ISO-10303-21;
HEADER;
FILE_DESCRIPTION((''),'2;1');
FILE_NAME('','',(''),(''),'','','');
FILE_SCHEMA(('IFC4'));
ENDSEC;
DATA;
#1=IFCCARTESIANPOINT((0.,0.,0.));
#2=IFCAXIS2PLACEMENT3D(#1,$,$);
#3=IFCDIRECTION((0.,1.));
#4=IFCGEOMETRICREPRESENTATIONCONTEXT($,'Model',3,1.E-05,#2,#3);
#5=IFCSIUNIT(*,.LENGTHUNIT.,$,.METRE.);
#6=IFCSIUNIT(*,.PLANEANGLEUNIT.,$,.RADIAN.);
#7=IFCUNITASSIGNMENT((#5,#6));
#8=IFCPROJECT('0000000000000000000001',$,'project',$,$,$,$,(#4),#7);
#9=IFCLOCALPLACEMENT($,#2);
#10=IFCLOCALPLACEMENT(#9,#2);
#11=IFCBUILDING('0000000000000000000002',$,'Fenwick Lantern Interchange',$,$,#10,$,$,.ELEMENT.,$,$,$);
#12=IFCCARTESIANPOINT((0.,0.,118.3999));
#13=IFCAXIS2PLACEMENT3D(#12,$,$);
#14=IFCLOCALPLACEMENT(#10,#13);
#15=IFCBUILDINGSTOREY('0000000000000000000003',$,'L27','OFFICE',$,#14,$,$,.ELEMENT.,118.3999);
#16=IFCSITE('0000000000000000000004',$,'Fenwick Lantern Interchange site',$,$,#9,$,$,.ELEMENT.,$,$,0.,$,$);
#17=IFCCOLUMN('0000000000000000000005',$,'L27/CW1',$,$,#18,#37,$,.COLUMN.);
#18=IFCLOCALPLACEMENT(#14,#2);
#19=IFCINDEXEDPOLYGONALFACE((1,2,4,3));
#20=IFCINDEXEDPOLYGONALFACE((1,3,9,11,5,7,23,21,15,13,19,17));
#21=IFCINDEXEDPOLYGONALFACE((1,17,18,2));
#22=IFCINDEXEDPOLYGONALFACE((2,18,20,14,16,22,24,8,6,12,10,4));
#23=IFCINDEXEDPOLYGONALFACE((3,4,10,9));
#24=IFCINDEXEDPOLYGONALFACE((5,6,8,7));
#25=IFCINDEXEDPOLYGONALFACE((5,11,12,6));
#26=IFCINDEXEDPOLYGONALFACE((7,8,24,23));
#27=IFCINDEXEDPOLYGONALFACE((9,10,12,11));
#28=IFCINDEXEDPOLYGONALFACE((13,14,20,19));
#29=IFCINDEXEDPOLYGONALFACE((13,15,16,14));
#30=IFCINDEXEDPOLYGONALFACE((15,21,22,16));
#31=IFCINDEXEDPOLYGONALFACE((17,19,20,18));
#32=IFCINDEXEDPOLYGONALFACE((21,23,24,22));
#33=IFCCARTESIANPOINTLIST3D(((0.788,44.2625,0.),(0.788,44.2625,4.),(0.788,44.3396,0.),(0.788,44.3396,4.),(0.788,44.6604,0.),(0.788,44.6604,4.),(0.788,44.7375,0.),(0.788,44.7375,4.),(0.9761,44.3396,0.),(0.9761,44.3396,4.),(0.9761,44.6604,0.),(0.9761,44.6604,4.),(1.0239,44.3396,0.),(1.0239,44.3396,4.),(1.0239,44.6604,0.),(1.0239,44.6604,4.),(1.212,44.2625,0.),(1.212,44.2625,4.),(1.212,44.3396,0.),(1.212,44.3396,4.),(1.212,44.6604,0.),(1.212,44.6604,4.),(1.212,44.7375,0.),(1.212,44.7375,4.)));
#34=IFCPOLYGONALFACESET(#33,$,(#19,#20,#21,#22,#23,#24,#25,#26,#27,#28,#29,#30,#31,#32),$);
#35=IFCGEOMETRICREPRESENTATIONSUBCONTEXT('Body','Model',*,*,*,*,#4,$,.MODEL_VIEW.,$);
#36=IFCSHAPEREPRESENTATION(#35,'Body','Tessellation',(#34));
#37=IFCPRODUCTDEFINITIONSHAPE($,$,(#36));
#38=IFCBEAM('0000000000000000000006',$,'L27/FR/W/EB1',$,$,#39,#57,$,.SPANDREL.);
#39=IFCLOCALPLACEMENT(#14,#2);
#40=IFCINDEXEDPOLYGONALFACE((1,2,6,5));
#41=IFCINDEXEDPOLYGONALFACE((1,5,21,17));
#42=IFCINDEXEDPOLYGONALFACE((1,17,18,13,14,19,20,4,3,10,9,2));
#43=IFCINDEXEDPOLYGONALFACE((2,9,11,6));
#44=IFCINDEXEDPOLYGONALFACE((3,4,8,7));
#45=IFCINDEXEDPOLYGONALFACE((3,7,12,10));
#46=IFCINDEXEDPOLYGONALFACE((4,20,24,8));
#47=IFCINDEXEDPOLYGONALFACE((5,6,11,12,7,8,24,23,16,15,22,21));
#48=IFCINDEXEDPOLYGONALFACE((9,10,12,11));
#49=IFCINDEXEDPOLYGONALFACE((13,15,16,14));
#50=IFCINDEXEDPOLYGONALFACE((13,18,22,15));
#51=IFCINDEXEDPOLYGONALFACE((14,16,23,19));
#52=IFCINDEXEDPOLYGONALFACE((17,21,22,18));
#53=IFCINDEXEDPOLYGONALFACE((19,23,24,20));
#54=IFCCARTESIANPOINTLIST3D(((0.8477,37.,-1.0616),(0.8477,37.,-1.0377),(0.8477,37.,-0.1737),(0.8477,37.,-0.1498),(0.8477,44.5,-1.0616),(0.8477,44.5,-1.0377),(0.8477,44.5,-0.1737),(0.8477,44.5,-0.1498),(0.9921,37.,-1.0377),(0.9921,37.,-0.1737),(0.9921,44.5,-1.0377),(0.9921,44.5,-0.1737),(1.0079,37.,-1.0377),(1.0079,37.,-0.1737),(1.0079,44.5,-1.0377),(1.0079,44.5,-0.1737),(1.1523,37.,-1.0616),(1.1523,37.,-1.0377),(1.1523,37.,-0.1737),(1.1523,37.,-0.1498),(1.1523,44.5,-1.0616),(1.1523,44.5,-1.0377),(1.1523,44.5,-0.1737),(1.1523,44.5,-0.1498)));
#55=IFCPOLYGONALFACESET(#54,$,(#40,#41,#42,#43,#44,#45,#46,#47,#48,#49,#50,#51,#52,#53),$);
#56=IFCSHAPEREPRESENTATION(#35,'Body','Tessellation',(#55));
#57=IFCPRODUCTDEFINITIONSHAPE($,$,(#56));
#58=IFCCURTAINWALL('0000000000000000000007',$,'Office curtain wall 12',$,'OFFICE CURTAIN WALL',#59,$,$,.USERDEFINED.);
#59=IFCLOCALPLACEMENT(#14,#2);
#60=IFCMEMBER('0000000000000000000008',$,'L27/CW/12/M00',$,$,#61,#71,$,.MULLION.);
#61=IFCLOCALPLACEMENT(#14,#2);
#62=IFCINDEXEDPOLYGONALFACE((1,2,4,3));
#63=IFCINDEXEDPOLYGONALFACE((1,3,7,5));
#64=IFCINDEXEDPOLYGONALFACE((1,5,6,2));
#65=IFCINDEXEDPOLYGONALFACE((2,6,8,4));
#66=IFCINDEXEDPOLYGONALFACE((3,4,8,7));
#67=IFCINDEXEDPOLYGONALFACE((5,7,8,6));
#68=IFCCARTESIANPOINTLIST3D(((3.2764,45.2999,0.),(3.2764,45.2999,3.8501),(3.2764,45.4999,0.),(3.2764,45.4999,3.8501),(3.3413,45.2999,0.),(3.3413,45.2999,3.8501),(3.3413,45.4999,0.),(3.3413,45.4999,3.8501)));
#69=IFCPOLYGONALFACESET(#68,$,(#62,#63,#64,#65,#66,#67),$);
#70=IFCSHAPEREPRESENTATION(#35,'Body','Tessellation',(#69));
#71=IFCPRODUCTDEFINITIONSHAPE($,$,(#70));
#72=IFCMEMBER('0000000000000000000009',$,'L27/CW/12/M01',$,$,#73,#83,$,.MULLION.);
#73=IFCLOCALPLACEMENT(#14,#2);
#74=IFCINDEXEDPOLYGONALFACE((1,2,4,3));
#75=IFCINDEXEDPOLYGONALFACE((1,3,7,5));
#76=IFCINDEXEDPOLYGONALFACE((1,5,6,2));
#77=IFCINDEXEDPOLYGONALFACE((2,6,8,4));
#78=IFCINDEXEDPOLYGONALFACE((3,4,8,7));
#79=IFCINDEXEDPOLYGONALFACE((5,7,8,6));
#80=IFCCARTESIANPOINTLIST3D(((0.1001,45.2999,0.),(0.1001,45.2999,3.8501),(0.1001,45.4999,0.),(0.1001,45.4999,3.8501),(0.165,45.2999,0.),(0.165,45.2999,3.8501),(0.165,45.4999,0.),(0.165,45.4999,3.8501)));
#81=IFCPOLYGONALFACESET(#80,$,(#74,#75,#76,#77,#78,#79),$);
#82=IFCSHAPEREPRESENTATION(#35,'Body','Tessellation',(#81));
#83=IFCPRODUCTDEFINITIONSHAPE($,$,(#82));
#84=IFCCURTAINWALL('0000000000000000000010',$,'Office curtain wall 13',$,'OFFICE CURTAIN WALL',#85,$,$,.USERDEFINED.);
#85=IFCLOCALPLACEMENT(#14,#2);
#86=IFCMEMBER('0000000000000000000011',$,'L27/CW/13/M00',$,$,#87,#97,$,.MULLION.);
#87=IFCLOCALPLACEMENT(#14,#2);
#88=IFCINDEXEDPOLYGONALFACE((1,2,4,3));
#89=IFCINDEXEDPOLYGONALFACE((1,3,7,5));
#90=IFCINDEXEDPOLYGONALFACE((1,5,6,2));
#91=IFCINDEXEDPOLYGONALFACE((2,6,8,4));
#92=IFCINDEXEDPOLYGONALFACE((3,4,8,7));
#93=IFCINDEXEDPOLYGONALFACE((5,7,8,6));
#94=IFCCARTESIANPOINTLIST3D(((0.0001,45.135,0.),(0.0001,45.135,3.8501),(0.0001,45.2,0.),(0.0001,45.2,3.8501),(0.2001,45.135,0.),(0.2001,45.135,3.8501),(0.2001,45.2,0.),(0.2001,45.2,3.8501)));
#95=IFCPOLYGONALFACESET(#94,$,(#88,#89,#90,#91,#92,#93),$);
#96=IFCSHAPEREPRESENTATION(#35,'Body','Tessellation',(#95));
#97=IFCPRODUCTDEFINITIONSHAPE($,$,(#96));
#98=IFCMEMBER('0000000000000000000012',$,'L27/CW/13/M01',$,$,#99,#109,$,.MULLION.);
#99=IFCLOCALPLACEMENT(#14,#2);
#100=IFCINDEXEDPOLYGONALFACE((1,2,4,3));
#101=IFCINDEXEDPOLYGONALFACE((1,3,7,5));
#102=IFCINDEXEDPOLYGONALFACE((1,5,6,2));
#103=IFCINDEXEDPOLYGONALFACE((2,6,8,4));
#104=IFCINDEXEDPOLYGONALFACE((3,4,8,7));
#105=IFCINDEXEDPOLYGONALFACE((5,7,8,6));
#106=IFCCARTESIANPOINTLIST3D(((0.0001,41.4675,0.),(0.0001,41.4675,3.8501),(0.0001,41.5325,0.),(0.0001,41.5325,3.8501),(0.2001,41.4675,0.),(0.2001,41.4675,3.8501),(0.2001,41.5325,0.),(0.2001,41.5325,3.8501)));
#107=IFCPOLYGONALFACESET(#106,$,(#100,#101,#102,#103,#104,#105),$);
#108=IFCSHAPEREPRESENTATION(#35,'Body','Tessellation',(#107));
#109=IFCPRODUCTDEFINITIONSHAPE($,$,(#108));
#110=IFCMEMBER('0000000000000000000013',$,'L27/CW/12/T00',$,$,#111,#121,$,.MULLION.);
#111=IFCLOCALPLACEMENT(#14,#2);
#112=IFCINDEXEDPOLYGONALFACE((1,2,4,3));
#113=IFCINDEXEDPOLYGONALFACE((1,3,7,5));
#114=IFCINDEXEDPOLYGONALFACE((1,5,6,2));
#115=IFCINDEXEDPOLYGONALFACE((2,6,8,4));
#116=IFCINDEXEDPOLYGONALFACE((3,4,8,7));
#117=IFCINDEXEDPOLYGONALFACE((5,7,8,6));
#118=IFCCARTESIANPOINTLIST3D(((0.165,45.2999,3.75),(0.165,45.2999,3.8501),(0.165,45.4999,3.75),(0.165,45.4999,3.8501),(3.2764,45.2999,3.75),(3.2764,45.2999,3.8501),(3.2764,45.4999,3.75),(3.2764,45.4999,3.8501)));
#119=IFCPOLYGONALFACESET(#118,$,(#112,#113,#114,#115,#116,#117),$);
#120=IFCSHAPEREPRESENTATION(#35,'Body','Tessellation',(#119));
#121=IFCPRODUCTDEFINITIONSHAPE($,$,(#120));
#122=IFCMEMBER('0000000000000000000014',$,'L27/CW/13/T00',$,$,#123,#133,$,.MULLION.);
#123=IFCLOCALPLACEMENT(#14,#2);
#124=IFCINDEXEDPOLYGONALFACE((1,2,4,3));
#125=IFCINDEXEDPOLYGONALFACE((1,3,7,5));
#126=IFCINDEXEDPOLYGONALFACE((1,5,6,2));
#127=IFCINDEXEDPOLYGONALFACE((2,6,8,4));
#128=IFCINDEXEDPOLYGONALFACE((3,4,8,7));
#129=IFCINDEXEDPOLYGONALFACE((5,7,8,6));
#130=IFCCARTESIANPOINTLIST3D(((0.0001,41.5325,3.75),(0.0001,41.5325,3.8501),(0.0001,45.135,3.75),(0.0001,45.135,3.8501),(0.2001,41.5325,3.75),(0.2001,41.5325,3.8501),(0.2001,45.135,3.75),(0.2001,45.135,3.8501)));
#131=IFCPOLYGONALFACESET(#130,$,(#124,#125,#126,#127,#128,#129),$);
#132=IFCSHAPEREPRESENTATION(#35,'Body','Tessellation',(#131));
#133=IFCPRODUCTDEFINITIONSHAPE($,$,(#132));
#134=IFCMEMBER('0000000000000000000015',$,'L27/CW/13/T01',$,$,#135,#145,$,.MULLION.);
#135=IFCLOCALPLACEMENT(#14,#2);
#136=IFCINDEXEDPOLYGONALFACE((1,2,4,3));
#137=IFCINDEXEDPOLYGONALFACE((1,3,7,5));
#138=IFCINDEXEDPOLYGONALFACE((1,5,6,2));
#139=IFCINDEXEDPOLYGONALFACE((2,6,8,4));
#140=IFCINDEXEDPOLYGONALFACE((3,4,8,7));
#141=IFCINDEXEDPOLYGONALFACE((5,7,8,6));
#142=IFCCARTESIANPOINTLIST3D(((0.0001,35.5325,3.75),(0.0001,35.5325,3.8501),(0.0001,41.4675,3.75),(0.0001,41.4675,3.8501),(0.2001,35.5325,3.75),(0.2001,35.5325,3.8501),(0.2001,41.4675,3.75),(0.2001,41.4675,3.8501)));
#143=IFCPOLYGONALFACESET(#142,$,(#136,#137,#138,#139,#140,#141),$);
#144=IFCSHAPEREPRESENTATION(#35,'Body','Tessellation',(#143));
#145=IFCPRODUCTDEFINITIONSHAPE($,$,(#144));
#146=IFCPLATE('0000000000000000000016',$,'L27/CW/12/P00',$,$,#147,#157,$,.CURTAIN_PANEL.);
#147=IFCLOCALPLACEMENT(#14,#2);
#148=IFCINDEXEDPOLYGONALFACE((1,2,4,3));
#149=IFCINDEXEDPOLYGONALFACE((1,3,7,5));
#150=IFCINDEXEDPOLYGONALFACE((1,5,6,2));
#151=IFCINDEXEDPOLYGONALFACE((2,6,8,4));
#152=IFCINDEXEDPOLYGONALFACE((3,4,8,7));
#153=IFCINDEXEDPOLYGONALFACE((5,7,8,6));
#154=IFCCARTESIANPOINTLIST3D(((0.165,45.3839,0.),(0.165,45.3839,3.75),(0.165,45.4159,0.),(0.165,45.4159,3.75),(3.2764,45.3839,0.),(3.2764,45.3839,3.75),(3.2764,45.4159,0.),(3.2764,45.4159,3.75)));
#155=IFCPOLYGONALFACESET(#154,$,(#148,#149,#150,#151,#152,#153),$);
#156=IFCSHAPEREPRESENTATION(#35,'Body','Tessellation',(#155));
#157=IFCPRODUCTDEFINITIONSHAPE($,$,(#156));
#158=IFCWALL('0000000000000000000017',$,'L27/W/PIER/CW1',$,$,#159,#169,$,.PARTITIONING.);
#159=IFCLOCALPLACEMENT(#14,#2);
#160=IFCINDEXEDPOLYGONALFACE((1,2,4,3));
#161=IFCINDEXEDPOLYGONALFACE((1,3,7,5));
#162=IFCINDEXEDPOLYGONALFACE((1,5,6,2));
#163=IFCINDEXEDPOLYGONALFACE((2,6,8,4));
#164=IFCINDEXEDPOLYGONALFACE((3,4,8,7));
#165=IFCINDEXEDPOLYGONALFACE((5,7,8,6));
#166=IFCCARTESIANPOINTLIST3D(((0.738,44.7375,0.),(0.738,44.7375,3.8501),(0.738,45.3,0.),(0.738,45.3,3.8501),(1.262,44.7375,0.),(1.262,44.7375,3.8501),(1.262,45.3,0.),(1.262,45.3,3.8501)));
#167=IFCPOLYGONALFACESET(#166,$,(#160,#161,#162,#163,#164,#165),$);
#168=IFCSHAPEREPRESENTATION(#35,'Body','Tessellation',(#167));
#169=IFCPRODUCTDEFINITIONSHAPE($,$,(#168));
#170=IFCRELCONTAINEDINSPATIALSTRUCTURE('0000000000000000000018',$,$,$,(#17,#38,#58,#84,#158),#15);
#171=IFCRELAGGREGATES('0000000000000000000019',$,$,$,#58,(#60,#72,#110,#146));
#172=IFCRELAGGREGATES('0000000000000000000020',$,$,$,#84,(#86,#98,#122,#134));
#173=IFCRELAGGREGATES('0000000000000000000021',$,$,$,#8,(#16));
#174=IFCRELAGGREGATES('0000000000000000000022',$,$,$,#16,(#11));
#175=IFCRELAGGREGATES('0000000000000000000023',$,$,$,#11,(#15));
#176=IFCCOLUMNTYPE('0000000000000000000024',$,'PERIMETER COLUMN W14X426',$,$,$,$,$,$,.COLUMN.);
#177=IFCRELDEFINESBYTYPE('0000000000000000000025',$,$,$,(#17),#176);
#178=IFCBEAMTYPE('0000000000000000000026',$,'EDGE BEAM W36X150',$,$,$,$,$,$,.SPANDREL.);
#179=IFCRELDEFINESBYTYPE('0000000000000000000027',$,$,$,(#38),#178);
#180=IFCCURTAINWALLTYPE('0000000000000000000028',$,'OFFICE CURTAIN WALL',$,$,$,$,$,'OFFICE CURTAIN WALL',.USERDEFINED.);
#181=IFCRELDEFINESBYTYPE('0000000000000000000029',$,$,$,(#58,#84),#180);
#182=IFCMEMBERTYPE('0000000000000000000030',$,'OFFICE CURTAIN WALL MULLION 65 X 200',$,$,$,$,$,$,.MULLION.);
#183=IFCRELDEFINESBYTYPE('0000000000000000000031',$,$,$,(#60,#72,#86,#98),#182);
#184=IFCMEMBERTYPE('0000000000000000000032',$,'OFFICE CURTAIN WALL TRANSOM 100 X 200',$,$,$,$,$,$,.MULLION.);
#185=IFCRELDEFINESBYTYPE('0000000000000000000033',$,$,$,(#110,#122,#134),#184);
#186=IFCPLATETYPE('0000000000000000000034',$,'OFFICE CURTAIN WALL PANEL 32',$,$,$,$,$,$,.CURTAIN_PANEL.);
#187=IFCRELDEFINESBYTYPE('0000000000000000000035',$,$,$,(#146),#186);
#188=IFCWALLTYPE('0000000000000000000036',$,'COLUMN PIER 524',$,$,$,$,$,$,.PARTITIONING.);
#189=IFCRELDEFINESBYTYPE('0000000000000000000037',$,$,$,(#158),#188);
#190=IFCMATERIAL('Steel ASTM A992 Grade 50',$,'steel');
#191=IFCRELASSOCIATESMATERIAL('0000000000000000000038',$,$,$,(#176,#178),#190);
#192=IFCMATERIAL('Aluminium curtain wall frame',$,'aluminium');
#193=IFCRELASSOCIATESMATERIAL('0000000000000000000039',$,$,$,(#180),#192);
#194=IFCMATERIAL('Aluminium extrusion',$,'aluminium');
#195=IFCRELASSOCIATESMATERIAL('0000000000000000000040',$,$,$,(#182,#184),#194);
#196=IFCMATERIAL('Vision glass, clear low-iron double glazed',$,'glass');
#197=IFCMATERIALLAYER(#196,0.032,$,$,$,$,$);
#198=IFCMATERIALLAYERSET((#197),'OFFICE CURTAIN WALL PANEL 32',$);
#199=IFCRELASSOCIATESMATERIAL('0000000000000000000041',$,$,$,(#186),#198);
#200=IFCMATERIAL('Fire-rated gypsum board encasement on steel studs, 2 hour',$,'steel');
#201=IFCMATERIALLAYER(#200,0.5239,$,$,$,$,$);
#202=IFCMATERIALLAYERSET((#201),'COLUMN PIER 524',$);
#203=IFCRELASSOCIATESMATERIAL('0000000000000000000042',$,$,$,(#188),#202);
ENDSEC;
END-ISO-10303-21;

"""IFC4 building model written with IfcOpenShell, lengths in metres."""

from ifc_helpers import new_model, si_unit, direction, frame, frame_2d, origin, origin_2d, place, context, subcontext, project, spatial, rectangle, i_section, extrude, material, layer, layer_set, material_profile, profile_set, type_object, element, aggregate, save


model = new_model("IFC4")

# Units and contexts
model_context = context("Model", 3, precision=1e-05, world=origin(), true_north=direction((0.0, 1.0)))
body_context = subcontext(model_context, "Body", "Model", "MODEL_VIEW")
ifc_project = project(units=[si_unit("LENGTHUNIT", "METRE"), si_unit("PLANEANGLEUNIT", "RADIAN")], contexts=[model_context])

# Site, building, storey
site_placement = place(None, origin())
site = spatial("IfcSite", under=ifc_project, at=site_placement, Name="Fenwick Lantern Interchange site", CompositionType="ELEMENT", RefElevation=0.0)
building_placement = place(site_placement, origin())
building = spatial("IfcBuilding", under=site, at=building_placement, Name="Fenwick Lantern Interchange", CompositionType="ELEMENT")
storey_placement = place(building_placement, frame((0.0, 0.0, 118.3999)))
storey = spatial("IfcBuildingStorey", under=building, at=storey_placement, Name="L27", Description="OFFICE", CompositionType="ELEMENT", Elevation=118.3999)

# Column
ifc_material_1 = material(Name="Steel ASTM A992 Grade 50", Category="steel")
ifc_material_profile_1 = material_profile(ifc_material_1, i_section(OverallWidth=0.4241, OverallDepth=0.4751, WebThickness=0.0479, FlangeThickness=0.0771, at=origin_2d()), Name="W14X426")
ifc_profile_set_1 = profile_set([ifc_material_profile_1], Name="Steel ASTM A992 Grade 50")
column_type = type_object("IfcColumnType", Name="PERIMETER COLUMN W14X426", PredefinedType="COLUMN", material=ifc_profile_set_1)
column_placement = place(storey_placement, frame((1.0, 44.5, 0.0), z_axis=(0.0, 0.0, 1.0), x_axis=(1.0, 0.0, 0.0)))
element("IfcColumn", 1, at=column_placement, inside=storey, type_object=column_type, Name="L27/CW1", PredefinedType="COLUMN", context=body_context, shape_type="SweptSolid", body=[
    extrude(i_section(OverallWidth=0.4241, OverallDepth=0.4751, WebThickness=0.0479, FlangeThickness=0.0771, at=origin_2d()), origin(), (0.0, 0.0, 1.0), 4.0),
])

# Beam
ifc_material_profile_2 = material_profile(ifc_material_1, i_section(OverallWidth=0.3047, OverallDepth=0.9119, WebThickness=0.0159, FlangeThickness=0.0239, at=origin_2d()), Name="W36X150")
ifc_profile_set_2 = profile_set([ifc_material_profile_2], Name="Steel ASTM A992 Grade 50")
beam_type = type_object("IfcBeamType", Name="EDGE BEAM W36X150", PredefinedType="SPANDREL", material=ifc_profile_set_2)
beam_placement = place(storey_placement, frame((1.0, 44.5, -0.6057), z_axis=(0.0, -1.0, 0.0), x_axis=(1.0, 0.0, 0.0)))
element("IfcBeam", 2, at=beam_placement, inside=storey, type_object=beam_type, Name="L27/FR/W/EB1", PredefinedType="SPANDREL", context=body_context, shape_type="SweptSolid", body=[
    extrude(i_section(OverallWidth=0.3047, OverallDepth=0.9119, WebThickness=0.0159, FlangeThickness=0.0239, at=origin_2d()), origin(), (0.0, 0.0, 1.0), 7.5),
])

# Curtain walls, members
ifc_material_2 = material(Name="Aluminium curtain wall frame", Category="aluminium")
curtain_wall_type = type_object("IfcCurtainWallType", Name="OFFICE CURTAIN WALL", ElementType="OFFICE CURTAIN WALL", PredefinedType="USERDEFINED", material=ifc_material_2)
curtain_wall_1_placement = place(storey_placement, origin())
curtain_wall_1 = element("IfcCurtainWall", 3, at=curtain_wall_1_placement, inside=storey, type_object=curtain_wall_type, Name="Office curtain wall 12", ObjectType="OFFICE CURTAIN WALL", PredefinedType="USERDEFINED")
ifc_material_3 = material(Name="Aluminium extrusion", Category="aluminium")
ifc_material_profile_3 = material_profile(ifc_material_3, rectangle(XDim=0.2, YDim=0.0649, at=origin_2d()), Name="OFFICE CURTAIN WALL MULLION 65 X 200")
ifc_profile_set_3 = profile_set([ifc_material_profile_3], Name="Aluminium extrusion")
member_type_1 = type_object("IfcMemberType", Name="OFFICE CURTAIN WALL MULLION 65 X 200", PredefinedType="MULLION", material=ifc_profile_set_3)
member_1_placement = place(storey_placement, frame((3.3088, 45.3999, 0.0), z_axis=(0.0, 0.0, 1.0), x_axis=(0.0, -1.0, 0.0)))
member_1 = element("IfcMember", 4, at=member_1_placement, type_object=member_type_1, Name="L27/CW/12/M00", PredefinedType="MULLION", context=body_context, shape_type="SweptSolid", body=[
    extrude(rectangle(XDim=0.2, YDim=0.0649, at=origin_2d()), origin(), (0.0, 0.0, 1.0), 3.8501),
])
member_2_placement = place(storey_placement, frame((0.1326, 45.3999, 0.0), z_axis=(0.0, 0.0, 1.0), x_axis=(0.0, -1.0, 0.0)))
member_2 = element("IfcMember", 5, at=member_2_placement, type_object=member_type_1, Name="L27/CW/12/M01", PredefinedType="MULLION", context=body_context, shape_type="SweptSolid", body=[
    extrude(rectangle(XDim=0.2, YDim=0.0649, at=origin_2d()), origin(), (0.0, 0.0, 1.0), 3.8501),
])
curtain_wall_2_placement = place(storey_placement, origin())
curtain_wall_2 = element("IfcCurtainWall", 6, at=curtain_wall_2_placement, inside=storey, type_object=curtain_wall_type, Name="Office curtain wall 13", ObjectType="OFFICE CURTAIN WALL", PredefinedType="USERDEFINED")
member_3_placement = place(storey_placement, frame((0.1001, 45.1675, 0.0), z_axis=(0.0, 0.0, 1.0), x_axis=(1.0, 0.0, 0.0)))
member_3 = element("IfcMember", 7, at=member_3_placement, type_object=member_type_1, Name="L27/CW/13/M00", PredefinedType="MULLION", context=body_context, shape_type="SweptSolid", body=[
    extrude(rectangle(XDim=0.2, YDim=0.0649, at=origin_2d()), origin(), (0.0, 0.0, 1.0), 3.8501),
])
member_4_placement = place(storey_placement, frame((0.1001, 41.5, 0.0), z_axis=(0.0, 0.0, 1.0), x_axis=(1.0, 0.0, 0.0)))
member_4 = element("IfcMember", 8, at=member_4_placement, type_object=member_type_1, Name="L27/CW/13/M01", PredefinedType="MULLION", context=body_context, shape_type="SweptSolid", body=[
    extrude(rectangle(XDim=0.2, YDim=0.0649, at=origin_2d()), origin(), (0.0, 0.0, 1.0), 3.8501),
])

# Members
ifc_material_profile_4 = material_profile(ifc_material_3, rectangle(XDim=0.2, YDim=0.1001, at=origin_2d()), Name="OFFICE CURTAIN WALL TRANSOM 100 X 200")
ifc_profile_set_4 = profile_set([ifc_material_profile_4], Name="Aluminium extrusion")
member_type_2 = type_object("IfcMemberType", Name="OFFICE CURTAIN WALL TRANSOM 100 X 200", PredefinedType="MULLION", material=ifc_profile_set_4)
member_5_placement = place(storey_placement, frame((3.2764, 45.3999, 3.8), z_axis=(-1.0, 0.0, 0.0), x_axis=(0.0, -1.0, 0.0)))
member_5 = element("IfcMember", 9, at=member_5_placement, type_object=member_type_2, Name="L27/CW/12/T00", PredefinedType="MULLION", context=body_context, shape_type="SweptSolid", body=[
    extrude(rectangle(XDim=0.2, YDim=0.1001, at=origin_2d()), origin(), (0.0, 0.0, 1.0), 3.1113),
])
member_6_placement = place(storey_placement, frame((0.1001, 45.135, 3.8), z_axis=(0.0, -1.0, 0.0), x_axis=(1.0, 0.0, 0.0)))
member_6 = element("IfcMember", 10, at=member_6_placement, type_object=member_type_2, Name="L27/CW/13/T00", PredefinedType="MULLION", context=body_context, shape_type="SweptSolid", body=[
    extrude(rectangle(XDim=0.2, YDim=0.1001, at=origin_2d()), origin(), (0.0, 0.0, 1.0), 3.6025),
])
member_7_placement = place(storey_placement, frame((0.1001, 41.4675, 3.8), z_axis=(0.0, -1.0, 0.0), x_axis=(1.0, 0.0, 0.0)))
member_7 = element("IfcMember", 11, at=member_7_placement, type_object=member_type_2, Name="L27/CW/13/T01", PredefinedType="MULLION", context=body_context, shape_type="SweptSolid", body=[
    extrude(rectangle(XDim=0.2, YDim=0.1001, at=origin_2d()), origin(), (0.0, 0.0, 1.0), 5.9351),
])

# Plate
ifc_material_4 = material(Name="Vision glass, clear low-iron double glazed", Category="glass")
ifc_layer_1 = layer(ifc_material_4, 0.032)
ifc_layer_set_1 = layer_set([ifc_layer_1], Name="OFFICE CURTAIN WALL PANEL 32")
plate_type = type_object("IfcPlateType", Name="OFFICE CURTAIN WALL PANEL 32", PredefinedType="CURTAIN_PANEL", material=ifc_layer_set_1)
plate_1_placement = place(storey_placement, frame((1.7207, 45.3999, 0.0), z_axis=(0.0, 0.0, 1.0), x_axis=(-1.0, 0.0, 0.0)))
plate_1 = element("IfcPlate", 12, at=plate_1_placement, type_object=plate_type, Name="L27/CW/12/P00", PredefinedType="CURTAIN_PANEL", context=body_context, shape_type="SweptSolid", body=[
    extrude(rectangle(XDim=3.1113, YDim=0.032, at=origin_2d()), origin(), (0.0, 0.0, 1.0), 3.75),
])
aggregate(curtain_wall_1, [member_1, member_2, member_5, plate_1])
aggregate(curtain_wall_2, [member_3, member_4, member_6, member_7])

# Wall
ifc_material_5 = material(Name="Fire-rated gypsum board encasement on steel studs, 2 hour", Category="steel")
ifc_layer_2 = layer(ifc_material_5, 0.5239)
ifc_layer_set_2 = layer_set([ifc_layer_2], Name="COLUMN PIER 524")
wall_type = type_object("IfcWallType", Name="COLUMN PIER 524", PredefinedType="PARTITIONING", material=ifc_layer_set_2)
wall_placement = place(storey_placement, frame((1.0, 45.3, 0.0), z_axis=(0.0, 0.0, 1.0), x_axis=(0.0, -1.0, 0.0)))
element("IfcWall", 13, at=wall_placement, inside=storey, type_object=wall_type, Name="L27/W/PIER/CW1", PredefinedType="PARTITIONING", context=body_context, shape_type="SweptSolid", body=[
    extrude(rectangle(XDim=0.5625, YDim=0.5239, at=frame_2d((0.2812, 0.0))), origin(), (0.0, 0.0, 1.0), 3.8501),
])

save(model, "model.ifc")
